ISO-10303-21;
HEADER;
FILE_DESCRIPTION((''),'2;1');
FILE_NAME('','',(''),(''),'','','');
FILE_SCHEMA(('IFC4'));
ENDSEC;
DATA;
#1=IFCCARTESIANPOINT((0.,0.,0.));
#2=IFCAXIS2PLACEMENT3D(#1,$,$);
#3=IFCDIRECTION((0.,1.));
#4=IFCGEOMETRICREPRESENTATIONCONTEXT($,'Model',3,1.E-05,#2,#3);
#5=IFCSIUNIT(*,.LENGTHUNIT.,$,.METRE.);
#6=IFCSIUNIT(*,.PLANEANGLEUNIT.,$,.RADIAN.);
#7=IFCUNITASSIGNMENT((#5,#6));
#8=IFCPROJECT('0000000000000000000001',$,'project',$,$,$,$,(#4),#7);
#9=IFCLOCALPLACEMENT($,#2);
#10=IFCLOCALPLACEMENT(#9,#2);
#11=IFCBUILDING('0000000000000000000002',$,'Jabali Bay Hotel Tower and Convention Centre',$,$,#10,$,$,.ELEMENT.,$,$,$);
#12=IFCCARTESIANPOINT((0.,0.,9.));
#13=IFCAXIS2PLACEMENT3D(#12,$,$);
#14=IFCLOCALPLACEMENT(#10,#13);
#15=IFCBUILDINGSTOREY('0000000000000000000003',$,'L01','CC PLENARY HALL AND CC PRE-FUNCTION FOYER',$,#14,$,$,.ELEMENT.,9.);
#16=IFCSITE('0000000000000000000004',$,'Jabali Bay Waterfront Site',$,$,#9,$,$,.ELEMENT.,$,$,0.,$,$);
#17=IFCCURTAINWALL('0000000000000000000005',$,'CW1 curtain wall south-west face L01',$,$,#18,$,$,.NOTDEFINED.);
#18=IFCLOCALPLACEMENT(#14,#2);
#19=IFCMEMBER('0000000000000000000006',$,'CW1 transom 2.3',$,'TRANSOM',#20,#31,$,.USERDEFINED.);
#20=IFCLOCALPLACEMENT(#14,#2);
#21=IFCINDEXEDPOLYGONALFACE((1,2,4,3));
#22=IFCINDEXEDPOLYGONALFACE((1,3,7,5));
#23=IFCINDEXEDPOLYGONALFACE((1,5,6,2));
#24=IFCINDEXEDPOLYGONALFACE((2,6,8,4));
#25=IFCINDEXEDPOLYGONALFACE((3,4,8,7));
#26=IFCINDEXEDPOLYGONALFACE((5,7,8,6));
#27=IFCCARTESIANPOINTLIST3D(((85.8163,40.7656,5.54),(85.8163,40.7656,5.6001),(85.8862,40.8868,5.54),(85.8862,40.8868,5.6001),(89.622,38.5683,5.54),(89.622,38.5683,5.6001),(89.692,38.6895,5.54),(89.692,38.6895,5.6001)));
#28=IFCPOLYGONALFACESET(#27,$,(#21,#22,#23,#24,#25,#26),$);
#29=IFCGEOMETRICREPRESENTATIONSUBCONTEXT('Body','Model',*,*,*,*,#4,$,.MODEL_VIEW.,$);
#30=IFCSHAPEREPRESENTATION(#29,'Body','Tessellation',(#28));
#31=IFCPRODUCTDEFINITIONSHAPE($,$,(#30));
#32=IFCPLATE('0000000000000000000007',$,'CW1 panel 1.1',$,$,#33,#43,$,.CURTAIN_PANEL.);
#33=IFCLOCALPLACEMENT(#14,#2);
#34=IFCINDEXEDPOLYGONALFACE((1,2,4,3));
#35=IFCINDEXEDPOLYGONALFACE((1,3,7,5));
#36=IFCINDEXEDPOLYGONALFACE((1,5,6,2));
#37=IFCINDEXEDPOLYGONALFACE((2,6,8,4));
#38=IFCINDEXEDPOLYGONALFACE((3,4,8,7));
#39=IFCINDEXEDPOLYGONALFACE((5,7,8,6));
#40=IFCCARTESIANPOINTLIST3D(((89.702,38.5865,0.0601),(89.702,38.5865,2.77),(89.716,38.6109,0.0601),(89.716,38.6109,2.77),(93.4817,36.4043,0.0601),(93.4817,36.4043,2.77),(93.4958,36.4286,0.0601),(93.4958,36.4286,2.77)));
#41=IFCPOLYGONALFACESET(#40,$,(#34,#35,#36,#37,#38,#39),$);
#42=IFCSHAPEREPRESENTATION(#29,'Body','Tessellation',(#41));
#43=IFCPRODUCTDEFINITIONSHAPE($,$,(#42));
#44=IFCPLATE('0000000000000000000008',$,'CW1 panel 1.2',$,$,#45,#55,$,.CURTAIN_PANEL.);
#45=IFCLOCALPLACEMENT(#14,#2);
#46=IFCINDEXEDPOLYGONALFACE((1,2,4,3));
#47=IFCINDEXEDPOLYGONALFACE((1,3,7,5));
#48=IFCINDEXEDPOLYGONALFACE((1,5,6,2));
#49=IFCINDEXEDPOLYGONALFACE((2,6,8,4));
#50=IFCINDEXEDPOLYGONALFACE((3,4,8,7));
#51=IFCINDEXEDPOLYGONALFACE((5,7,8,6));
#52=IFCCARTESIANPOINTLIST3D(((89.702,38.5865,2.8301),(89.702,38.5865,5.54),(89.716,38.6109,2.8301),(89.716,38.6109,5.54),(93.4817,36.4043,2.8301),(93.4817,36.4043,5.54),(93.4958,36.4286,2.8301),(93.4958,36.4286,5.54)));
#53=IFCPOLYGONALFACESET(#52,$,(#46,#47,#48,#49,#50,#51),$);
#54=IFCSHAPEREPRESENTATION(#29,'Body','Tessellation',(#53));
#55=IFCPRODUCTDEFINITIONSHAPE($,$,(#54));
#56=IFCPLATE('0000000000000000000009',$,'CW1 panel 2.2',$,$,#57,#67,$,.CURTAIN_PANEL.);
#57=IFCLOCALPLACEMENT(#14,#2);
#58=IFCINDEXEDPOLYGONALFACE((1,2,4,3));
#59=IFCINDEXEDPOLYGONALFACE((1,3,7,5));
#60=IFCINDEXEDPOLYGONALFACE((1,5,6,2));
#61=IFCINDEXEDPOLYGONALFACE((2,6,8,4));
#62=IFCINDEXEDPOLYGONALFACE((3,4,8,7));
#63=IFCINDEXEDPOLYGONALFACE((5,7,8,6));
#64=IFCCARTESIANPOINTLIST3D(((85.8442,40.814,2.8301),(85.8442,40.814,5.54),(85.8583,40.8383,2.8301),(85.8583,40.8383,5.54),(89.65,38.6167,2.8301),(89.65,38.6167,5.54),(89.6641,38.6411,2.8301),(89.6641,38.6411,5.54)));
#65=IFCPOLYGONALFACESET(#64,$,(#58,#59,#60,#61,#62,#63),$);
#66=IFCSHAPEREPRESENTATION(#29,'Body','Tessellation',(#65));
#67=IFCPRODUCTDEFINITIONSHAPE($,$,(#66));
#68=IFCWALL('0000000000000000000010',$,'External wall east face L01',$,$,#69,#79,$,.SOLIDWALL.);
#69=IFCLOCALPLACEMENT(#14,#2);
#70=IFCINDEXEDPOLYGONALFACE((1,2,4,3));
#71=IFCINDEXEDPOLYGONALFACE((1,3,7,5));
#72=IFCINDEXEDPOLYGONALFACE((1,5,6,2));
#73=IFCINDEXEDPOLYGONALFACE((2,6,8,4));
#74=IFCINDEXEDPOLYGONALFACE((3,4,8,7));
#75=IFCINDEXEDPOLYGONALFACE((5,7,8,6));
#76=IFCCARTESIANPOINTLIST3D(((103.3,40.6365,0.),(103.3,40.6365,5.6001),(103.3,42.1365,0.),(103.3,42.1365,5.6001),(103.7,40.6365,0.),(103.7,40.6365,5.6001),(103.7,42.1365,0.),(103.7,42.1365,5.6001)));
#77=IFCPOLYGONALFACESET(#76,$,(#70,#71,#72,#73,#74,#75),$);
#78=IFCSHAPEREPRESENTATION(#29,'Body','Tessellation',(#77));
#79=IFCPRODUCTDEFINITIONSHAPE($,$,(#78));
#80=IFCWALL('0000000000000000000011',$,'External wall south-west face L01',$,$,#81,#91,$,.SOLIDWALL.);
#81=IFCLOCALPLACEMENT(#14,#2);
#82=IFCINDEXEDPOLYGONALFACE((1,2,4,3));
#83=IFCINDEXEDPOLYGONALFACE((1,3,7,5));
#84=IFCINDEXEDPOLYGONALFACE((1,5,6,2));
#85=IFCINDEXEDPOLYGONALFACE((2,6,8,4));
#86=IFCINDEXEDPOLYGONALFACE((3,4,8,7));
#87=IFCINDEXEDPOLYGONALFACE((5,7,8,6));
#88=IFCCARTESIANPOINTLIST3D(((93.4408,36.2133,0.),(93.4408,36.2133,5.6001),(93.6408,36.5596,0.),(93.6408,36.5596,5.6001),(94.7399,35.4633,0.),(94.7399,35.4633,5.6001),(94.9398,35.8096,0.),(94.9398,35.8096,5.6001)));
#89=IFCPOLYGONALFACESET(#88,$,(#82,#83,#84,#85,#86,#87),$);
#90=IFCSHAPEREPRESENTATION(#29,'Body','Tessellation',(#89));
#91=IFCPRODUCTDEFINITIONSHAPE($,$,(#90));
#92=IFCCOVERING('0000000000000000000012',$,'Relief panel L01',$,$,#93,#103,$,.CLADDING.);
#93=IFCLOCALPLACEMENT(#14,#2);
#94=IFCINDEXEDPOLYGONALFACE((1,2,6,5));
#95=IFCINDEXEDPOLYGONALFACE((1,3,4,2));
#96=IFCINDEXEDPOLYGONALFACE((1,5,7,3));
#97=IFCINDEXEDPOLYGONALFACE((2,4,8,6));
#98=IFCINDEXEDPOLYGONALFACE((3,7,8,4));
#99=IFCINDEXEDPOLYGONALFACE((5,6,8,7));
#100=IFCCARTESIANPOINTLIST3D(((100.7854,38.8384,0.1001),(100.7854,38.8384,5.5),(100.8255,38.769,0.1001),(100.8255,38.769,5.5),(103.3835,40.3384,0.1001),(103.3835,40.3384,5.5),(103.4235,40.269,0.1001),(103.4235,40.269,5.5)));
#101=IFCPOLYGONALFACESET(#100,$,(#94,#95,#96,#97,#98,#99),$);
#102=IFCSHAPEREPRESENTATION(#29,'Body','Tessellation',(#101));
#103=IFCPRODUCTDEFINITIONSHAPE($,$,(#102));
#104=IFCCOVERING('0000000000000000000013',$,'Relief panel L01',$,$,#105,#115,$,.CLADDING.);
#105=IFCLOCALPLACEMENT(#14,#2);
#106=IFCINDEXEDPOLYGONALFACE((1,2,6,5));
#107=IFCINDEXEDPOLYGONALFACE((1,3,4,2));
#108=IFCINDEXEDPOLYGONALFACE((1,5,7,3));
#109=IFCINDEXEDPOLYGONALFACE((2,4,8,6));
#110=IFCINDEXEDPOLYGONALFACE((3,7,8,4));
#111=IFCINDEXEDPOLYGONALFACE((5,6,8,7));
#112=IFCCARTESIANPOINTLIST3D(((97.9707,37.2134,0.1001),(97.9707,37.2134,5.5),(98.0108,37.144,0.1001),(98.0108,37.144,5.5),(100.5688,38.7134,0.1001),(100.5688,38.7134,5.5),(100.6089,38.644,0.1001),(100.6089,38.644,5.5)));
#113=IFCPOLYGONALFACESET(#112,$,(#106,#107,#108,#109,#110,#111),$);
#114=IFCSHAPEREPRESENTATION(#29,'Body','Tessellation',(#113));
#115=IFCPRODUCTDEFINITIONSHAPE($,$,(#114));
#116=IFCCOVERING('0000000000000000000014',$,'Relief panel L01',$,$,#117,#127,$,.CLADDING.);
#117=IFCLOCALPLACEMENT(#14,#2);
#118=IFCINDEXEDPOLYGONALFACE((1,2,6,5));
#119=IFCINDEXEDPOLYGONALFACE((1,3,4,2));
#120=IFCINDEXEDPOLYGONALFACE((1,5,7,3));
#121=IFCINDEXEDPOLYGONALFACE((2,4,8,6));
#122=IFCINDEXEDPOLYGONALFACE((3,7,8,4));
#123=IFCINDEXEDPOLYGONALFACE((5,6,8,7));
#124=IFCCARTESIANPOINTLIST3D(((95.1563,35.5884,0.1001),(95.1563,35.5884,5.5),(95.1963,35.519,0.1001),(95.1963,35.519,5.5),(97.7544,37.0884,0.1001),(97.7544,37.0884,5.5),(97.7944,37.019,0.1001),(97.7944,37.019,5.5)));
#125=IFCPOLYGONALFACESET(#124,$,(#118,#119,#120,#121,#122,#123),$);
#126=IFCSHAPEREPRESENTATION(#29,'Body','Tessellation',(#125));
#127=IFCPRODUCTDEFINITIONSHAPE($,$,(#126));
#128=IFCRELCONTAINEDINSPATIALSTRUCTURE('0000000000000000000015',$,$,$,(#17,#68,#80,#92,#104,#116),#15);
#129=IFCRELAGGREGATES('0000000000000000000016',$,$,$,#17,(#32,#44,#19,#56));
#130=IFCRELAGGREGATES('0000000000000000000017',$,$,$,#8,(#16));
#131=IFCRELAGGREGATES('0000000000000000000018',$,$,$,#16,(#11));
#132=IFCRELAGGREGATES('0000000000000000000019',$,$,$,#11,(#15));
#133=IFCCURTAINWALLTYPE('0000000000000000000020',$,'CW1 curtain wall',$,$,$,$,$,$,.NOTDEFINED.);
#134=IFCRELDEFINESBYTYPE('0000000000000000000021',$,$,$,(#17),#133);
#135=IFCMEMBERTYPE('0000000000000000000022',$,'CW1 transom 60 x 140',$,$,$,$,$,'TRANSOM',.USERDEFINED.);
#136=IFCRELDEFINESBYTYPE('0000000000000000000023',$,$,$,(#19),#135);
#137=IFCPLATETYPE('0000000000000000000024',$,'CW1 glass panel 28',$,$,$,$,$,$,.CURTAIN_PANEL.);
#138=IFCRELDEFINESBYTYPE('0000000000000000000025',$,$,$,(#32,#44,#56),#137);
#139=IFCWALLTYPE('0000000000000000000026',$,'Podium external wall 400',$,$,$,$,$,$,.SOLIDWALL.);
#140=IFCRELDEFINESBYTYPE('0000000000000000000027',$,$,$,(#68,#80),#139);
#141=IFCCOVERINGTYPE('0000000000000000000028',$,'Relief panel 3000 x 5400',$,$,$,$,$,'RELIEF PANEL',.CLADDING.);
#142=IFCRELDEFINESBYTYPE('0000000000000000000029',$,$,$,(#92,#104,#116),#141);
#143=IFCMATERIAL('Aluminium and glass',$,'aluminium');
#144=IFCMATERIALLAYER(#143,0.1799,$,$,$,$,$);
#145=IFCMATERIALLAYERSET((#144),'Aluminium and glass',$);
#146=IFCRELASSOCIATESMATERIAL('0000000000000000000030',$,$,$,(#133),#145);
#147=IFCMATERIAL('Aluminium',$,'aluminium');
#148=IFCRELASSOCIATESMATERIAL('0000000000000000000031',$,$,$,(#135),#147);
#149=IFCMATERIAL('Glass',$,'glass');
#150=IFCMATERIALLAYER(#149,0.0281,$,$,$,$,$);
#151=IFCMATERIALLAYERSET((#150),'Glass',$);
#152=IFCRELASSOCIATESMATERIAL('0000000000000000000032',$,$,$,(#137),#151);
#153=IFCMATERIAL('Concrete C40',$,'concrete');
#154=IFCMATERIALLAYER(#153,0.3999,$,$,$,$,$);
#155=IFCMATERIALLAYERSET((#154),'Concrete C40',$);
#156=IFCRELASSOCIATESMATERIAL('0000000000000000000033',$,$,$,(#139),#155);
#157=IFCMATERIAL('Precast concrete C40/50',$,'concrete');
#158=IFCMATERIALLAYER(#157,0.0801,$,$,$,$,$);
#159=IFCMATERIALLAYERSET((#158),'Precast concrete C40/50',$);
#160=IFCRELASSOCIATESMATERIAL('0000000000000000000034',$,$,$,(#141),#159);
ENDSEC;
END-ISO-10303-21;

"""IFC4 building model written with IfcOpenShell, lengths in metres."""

from ifc_helpers import new_model, si_unit, direction, frame, frame_2d, origin, origin_2d, place, context, subcontext, project, spatial, rectangle, extrude, material, layer, layer_set, material_profile, profile_set, type_object, element, aggregate, save


model = new_model("IFC4")

# Units and contexts
model_context = context("Model", 3, precision=1e-05, world=origin(), true_north=direction((0.0, 1.0)))
body_context = subcontext(model_context, "Body", "Model", "MODEL_VIEW")
ifc_project = project(units=[si_unit("LENGTHUNIT", "METRE"), si_unit("PLANEANGLEUNIT", "RADIAN")], contexts=[model_context])

# Site, building, storey
site_placement = place(None, origin())
site = spatial("IfcSite", under=ifc_project, at=site_placement, Name="Jabali Bay Waterfront Site", CompositionType="ELEMENT", RefElevation=0.0)
building_placement = place(site_placement, origin())
building = spatial("IfcBuilding", under=site, at=building_placement, Name="Jabali Bay Hotel Tower and Convention Centre", CompositionType="ELEMENT")
storey_placement = place(building_placement, frame((0.0, 0.0, 9.0)))
storey = spatial("IfcBuildingStorey", under=building, at=storey_placement, Name="L01", Description="CC PLENARY HALL AND CC PRE-FUNCTION FOYER", CompositionType="ELEMENT", Elevation=9.0)

# Shared definitions
ifc_material_1 = material(Name="Concrete C40", Category="concrete")

# Curtain wall, member, plates
ifc_material_2 = material(Name="Aluminium and glass", Category="aluminium")
ifc_layer_1 = layer(ifc_material_2, 0.1799)
ifc_layer_set_1 = layer_set([ifc_layer_1], Name="Aluminium and glass")
curtain_wall_type = type_object("IfcCurtainWallType", Name="CW1 curtain wall", PredefinedType="NOTDEFINED", material=ifc_layer_set_1)
curtain_wall_placement = place(storey_placement, origin())
curtain_wall = element("IfcCurtainWall", 1, at=curtain_wall_placement, inside=storey, type_object=curtain_wall_type, Name="CW1 curtain wall south-west face L01", PredefinedType="NOTDEFINED")
ifc_material_3 = material(Name="Aluminium", Category="aluminium")
ifc_material_profile_1 = material_profile(ifc_material_3, rectangle(XDim=0.1399, YDim=0.0601, at=origin_2d()), Name="CW1 transom 60 x 140")
ifc_profile_set_1 = profile_set([ifc_material_profile_1], Name="Aluminium")
member_type_1 = type_object("IfcMemberType", Name="CW1 transom 60 x 140", ElementType="TRANSOM", PredefinedType="USERDEFINED", material=ifc_profile_set_1)
member_1_placement = place(storey_placement, frame((89.657, 38.6289, 5.5701), z_axis=(-0.866019, 0.500011, 0.0), x_axis=(-0.500011, -0.866019, 0.0)))
member_1 = element("IfcMember", 2, at=member_1_placement, type_object=member_type_1, Name="CW1 transom 2.3", ObjectType="TRANSOM", PredefinedType="USERDEFINED", context=body_context, shape_type="SweptSolid", body=[
    extrude(rectangle(XDim=0.1399, YDim=0.0601, at=origin_2d()), origin(), (0.0, 0.0, 1.0), 4.3945),
])
ifc_material_4 = material(Name="Glass", Category="glass")
ifc_layer_2 = layer(ifc_material_4, 0.0281)
ifc_layer_set_2 = layer_set([ifc_layer_2], Name="Glass")
plate_type = type_object("IfcPlateType", Name="CW1 glass panel 28", PredefinedType="CURTAIN_PANEL", material=ifc_layer_set_2)
plate_1_placement = place(storey_placement, frame((91.5989, 37.5076, 0.0601), z_axis=(0.0, 0.0, 1.0), x_axis=(-0.866025, 0.5, 0.0)))
plate_1 = element("IfcPlate", 3, at=plate_1_placement, type_object=plate_type, Name="CW1 panel 1.1", PredefinedType="CURTAIN_PANEL", context=body_context, shape_type="SweptSolid", body=[
    extrude(rectangle(XDim=4.3645, YDim=0.0281, at=origin_2d()), origin(), (0.0, 0.0, 1.0), 2.71),
])
plate_2_placement = place(storey_placement, frame((91.5989, 37.5076, 2.8301), z_axis=(0.0, 0.0, 1.0), x_axis=(-0.866025, 0.5, 0.0)))
plate_2 = element("IfcPlate", 4, at=plate_2_placement, type_object=plate_type, Name="CW1 panel 1.2", PredefinedType="CURTAIN_PANEL", context=body_context, shape_type="SweptSolid", body=[
    extrude(rectangle(XDim=4.3645, YDim=0.0281, at=origin_2d()), origin(), (0.0, 0.0, 1.0), 2.71),
])
plate_3_placement = place(storey_placement, frame((87.7542, 39.7275, 2.8301), z_axis=(0.0, 0.0, 1.0), x_axis=(-0.866025, 0.5, 0.0)))
plate_3 = element("IfcPlate", 5, at=plate_3_placement, type_object=plate_type, Name="CW1 panel 2.2", PredefinedType="CURTAIN_PANEL", context=body_context, shape_type="SweptSolid", body=[
    extrude(rectangle(XDim=4.3945, YDim=0.0281, at=origin_2d()), origin(), (0.0, 0.0, 1.0), 2.71),
])
aggregate(curtain_wall, [plate_1, plate_2, member_1, plate_3])

# Walls
ifc_layer_3 = layer(ifc_material_1, 0.3999)
ifc_layer_set_3 = layer_set([ifc_layer_3], Name="Concrete C40")
wall_type = type_object("IfcWallType", Name="Podium external wall 400", PredefinedType="SOLIDWALL", material=ifc_layer_set_3)
for number, where, z_axis, x_axis, name in (
    (6, (103.5, 42.1365, 0.0), (0.0, 0.0, 1.0), (0.0, -1.0, 0.0), "External wall east face L01"),
    (7, (94.8398, 35.6365, 0.0), (0.0, 0.0, 1.0), (-0.866031, 0.49999, 0.0), "External wall south-west face L01"),
):
    element("IfcWall", number, at=place(storey_placement, frame(where, z_axis=z_axis, x_axis=x_axis)), inside=storey, type_object=wall_type, Name=name, PredefinedType="SOLIDWALL", context=body_context, shape_type="SweptSolid", body=[
        extrude(rectangle(XDim=1.5, YDim=0.3999, at=frame_2d((0.75, 0.0))), origin(), (0.0, 0.0, 1.0), 5.6001),
    ])

# Coverings
ifc_material_5 = material(Name="Precast concrete C40/50", Category="concrete")
ifc_layer_4 = layer(ifc_material_5, 0.0801)
ifc_layer_set_4 = layer_set([ifc_layer_4], Name="Precast concrete C40/50")
covering_type = type_object("IfcCoveringType", Name="Relief panel 3000 x 5400", ElementType="RELIEF PANEL", PredefinedType="CLADDING", material=ifc_layer_set_4)
for number, where, z_axis, x_axis, name in (
    (8, (102.1045, 39.5537, 0.1001), (0.0, 0.0, 1.0), (-0.866025, -0.5, 0.0), "Relief panel L01"),
    (9, (99.2898, 37.9287, 0.1001), (0.0, 0.0, 1.0), (-0.866025, -0.5, 0.0), "Relief panel L01"),
    (10, (96.4753, 36.3037, 0.1001), (0.0, 0.0, 1.0), (-0.866025, -0.5, 0.0), "Relief panel L01"),
):
    element("IfcCovering", number, at=place(storey_placement, frame(where, z_axis=z_axis, x_axis=x_axis)), inside=storey, type_object=covering_type, Name=name, PredefinedType="CLADDING", context=body_context, shape_type="SweptSolid", body=[
        extrude(rectangle(XDim=3.0, YDim=0.0801, at=origin_2d()), origin(), (0.0, 0.0, 1.0), 5.3999),
    ])

save(model, "model.ifc")
